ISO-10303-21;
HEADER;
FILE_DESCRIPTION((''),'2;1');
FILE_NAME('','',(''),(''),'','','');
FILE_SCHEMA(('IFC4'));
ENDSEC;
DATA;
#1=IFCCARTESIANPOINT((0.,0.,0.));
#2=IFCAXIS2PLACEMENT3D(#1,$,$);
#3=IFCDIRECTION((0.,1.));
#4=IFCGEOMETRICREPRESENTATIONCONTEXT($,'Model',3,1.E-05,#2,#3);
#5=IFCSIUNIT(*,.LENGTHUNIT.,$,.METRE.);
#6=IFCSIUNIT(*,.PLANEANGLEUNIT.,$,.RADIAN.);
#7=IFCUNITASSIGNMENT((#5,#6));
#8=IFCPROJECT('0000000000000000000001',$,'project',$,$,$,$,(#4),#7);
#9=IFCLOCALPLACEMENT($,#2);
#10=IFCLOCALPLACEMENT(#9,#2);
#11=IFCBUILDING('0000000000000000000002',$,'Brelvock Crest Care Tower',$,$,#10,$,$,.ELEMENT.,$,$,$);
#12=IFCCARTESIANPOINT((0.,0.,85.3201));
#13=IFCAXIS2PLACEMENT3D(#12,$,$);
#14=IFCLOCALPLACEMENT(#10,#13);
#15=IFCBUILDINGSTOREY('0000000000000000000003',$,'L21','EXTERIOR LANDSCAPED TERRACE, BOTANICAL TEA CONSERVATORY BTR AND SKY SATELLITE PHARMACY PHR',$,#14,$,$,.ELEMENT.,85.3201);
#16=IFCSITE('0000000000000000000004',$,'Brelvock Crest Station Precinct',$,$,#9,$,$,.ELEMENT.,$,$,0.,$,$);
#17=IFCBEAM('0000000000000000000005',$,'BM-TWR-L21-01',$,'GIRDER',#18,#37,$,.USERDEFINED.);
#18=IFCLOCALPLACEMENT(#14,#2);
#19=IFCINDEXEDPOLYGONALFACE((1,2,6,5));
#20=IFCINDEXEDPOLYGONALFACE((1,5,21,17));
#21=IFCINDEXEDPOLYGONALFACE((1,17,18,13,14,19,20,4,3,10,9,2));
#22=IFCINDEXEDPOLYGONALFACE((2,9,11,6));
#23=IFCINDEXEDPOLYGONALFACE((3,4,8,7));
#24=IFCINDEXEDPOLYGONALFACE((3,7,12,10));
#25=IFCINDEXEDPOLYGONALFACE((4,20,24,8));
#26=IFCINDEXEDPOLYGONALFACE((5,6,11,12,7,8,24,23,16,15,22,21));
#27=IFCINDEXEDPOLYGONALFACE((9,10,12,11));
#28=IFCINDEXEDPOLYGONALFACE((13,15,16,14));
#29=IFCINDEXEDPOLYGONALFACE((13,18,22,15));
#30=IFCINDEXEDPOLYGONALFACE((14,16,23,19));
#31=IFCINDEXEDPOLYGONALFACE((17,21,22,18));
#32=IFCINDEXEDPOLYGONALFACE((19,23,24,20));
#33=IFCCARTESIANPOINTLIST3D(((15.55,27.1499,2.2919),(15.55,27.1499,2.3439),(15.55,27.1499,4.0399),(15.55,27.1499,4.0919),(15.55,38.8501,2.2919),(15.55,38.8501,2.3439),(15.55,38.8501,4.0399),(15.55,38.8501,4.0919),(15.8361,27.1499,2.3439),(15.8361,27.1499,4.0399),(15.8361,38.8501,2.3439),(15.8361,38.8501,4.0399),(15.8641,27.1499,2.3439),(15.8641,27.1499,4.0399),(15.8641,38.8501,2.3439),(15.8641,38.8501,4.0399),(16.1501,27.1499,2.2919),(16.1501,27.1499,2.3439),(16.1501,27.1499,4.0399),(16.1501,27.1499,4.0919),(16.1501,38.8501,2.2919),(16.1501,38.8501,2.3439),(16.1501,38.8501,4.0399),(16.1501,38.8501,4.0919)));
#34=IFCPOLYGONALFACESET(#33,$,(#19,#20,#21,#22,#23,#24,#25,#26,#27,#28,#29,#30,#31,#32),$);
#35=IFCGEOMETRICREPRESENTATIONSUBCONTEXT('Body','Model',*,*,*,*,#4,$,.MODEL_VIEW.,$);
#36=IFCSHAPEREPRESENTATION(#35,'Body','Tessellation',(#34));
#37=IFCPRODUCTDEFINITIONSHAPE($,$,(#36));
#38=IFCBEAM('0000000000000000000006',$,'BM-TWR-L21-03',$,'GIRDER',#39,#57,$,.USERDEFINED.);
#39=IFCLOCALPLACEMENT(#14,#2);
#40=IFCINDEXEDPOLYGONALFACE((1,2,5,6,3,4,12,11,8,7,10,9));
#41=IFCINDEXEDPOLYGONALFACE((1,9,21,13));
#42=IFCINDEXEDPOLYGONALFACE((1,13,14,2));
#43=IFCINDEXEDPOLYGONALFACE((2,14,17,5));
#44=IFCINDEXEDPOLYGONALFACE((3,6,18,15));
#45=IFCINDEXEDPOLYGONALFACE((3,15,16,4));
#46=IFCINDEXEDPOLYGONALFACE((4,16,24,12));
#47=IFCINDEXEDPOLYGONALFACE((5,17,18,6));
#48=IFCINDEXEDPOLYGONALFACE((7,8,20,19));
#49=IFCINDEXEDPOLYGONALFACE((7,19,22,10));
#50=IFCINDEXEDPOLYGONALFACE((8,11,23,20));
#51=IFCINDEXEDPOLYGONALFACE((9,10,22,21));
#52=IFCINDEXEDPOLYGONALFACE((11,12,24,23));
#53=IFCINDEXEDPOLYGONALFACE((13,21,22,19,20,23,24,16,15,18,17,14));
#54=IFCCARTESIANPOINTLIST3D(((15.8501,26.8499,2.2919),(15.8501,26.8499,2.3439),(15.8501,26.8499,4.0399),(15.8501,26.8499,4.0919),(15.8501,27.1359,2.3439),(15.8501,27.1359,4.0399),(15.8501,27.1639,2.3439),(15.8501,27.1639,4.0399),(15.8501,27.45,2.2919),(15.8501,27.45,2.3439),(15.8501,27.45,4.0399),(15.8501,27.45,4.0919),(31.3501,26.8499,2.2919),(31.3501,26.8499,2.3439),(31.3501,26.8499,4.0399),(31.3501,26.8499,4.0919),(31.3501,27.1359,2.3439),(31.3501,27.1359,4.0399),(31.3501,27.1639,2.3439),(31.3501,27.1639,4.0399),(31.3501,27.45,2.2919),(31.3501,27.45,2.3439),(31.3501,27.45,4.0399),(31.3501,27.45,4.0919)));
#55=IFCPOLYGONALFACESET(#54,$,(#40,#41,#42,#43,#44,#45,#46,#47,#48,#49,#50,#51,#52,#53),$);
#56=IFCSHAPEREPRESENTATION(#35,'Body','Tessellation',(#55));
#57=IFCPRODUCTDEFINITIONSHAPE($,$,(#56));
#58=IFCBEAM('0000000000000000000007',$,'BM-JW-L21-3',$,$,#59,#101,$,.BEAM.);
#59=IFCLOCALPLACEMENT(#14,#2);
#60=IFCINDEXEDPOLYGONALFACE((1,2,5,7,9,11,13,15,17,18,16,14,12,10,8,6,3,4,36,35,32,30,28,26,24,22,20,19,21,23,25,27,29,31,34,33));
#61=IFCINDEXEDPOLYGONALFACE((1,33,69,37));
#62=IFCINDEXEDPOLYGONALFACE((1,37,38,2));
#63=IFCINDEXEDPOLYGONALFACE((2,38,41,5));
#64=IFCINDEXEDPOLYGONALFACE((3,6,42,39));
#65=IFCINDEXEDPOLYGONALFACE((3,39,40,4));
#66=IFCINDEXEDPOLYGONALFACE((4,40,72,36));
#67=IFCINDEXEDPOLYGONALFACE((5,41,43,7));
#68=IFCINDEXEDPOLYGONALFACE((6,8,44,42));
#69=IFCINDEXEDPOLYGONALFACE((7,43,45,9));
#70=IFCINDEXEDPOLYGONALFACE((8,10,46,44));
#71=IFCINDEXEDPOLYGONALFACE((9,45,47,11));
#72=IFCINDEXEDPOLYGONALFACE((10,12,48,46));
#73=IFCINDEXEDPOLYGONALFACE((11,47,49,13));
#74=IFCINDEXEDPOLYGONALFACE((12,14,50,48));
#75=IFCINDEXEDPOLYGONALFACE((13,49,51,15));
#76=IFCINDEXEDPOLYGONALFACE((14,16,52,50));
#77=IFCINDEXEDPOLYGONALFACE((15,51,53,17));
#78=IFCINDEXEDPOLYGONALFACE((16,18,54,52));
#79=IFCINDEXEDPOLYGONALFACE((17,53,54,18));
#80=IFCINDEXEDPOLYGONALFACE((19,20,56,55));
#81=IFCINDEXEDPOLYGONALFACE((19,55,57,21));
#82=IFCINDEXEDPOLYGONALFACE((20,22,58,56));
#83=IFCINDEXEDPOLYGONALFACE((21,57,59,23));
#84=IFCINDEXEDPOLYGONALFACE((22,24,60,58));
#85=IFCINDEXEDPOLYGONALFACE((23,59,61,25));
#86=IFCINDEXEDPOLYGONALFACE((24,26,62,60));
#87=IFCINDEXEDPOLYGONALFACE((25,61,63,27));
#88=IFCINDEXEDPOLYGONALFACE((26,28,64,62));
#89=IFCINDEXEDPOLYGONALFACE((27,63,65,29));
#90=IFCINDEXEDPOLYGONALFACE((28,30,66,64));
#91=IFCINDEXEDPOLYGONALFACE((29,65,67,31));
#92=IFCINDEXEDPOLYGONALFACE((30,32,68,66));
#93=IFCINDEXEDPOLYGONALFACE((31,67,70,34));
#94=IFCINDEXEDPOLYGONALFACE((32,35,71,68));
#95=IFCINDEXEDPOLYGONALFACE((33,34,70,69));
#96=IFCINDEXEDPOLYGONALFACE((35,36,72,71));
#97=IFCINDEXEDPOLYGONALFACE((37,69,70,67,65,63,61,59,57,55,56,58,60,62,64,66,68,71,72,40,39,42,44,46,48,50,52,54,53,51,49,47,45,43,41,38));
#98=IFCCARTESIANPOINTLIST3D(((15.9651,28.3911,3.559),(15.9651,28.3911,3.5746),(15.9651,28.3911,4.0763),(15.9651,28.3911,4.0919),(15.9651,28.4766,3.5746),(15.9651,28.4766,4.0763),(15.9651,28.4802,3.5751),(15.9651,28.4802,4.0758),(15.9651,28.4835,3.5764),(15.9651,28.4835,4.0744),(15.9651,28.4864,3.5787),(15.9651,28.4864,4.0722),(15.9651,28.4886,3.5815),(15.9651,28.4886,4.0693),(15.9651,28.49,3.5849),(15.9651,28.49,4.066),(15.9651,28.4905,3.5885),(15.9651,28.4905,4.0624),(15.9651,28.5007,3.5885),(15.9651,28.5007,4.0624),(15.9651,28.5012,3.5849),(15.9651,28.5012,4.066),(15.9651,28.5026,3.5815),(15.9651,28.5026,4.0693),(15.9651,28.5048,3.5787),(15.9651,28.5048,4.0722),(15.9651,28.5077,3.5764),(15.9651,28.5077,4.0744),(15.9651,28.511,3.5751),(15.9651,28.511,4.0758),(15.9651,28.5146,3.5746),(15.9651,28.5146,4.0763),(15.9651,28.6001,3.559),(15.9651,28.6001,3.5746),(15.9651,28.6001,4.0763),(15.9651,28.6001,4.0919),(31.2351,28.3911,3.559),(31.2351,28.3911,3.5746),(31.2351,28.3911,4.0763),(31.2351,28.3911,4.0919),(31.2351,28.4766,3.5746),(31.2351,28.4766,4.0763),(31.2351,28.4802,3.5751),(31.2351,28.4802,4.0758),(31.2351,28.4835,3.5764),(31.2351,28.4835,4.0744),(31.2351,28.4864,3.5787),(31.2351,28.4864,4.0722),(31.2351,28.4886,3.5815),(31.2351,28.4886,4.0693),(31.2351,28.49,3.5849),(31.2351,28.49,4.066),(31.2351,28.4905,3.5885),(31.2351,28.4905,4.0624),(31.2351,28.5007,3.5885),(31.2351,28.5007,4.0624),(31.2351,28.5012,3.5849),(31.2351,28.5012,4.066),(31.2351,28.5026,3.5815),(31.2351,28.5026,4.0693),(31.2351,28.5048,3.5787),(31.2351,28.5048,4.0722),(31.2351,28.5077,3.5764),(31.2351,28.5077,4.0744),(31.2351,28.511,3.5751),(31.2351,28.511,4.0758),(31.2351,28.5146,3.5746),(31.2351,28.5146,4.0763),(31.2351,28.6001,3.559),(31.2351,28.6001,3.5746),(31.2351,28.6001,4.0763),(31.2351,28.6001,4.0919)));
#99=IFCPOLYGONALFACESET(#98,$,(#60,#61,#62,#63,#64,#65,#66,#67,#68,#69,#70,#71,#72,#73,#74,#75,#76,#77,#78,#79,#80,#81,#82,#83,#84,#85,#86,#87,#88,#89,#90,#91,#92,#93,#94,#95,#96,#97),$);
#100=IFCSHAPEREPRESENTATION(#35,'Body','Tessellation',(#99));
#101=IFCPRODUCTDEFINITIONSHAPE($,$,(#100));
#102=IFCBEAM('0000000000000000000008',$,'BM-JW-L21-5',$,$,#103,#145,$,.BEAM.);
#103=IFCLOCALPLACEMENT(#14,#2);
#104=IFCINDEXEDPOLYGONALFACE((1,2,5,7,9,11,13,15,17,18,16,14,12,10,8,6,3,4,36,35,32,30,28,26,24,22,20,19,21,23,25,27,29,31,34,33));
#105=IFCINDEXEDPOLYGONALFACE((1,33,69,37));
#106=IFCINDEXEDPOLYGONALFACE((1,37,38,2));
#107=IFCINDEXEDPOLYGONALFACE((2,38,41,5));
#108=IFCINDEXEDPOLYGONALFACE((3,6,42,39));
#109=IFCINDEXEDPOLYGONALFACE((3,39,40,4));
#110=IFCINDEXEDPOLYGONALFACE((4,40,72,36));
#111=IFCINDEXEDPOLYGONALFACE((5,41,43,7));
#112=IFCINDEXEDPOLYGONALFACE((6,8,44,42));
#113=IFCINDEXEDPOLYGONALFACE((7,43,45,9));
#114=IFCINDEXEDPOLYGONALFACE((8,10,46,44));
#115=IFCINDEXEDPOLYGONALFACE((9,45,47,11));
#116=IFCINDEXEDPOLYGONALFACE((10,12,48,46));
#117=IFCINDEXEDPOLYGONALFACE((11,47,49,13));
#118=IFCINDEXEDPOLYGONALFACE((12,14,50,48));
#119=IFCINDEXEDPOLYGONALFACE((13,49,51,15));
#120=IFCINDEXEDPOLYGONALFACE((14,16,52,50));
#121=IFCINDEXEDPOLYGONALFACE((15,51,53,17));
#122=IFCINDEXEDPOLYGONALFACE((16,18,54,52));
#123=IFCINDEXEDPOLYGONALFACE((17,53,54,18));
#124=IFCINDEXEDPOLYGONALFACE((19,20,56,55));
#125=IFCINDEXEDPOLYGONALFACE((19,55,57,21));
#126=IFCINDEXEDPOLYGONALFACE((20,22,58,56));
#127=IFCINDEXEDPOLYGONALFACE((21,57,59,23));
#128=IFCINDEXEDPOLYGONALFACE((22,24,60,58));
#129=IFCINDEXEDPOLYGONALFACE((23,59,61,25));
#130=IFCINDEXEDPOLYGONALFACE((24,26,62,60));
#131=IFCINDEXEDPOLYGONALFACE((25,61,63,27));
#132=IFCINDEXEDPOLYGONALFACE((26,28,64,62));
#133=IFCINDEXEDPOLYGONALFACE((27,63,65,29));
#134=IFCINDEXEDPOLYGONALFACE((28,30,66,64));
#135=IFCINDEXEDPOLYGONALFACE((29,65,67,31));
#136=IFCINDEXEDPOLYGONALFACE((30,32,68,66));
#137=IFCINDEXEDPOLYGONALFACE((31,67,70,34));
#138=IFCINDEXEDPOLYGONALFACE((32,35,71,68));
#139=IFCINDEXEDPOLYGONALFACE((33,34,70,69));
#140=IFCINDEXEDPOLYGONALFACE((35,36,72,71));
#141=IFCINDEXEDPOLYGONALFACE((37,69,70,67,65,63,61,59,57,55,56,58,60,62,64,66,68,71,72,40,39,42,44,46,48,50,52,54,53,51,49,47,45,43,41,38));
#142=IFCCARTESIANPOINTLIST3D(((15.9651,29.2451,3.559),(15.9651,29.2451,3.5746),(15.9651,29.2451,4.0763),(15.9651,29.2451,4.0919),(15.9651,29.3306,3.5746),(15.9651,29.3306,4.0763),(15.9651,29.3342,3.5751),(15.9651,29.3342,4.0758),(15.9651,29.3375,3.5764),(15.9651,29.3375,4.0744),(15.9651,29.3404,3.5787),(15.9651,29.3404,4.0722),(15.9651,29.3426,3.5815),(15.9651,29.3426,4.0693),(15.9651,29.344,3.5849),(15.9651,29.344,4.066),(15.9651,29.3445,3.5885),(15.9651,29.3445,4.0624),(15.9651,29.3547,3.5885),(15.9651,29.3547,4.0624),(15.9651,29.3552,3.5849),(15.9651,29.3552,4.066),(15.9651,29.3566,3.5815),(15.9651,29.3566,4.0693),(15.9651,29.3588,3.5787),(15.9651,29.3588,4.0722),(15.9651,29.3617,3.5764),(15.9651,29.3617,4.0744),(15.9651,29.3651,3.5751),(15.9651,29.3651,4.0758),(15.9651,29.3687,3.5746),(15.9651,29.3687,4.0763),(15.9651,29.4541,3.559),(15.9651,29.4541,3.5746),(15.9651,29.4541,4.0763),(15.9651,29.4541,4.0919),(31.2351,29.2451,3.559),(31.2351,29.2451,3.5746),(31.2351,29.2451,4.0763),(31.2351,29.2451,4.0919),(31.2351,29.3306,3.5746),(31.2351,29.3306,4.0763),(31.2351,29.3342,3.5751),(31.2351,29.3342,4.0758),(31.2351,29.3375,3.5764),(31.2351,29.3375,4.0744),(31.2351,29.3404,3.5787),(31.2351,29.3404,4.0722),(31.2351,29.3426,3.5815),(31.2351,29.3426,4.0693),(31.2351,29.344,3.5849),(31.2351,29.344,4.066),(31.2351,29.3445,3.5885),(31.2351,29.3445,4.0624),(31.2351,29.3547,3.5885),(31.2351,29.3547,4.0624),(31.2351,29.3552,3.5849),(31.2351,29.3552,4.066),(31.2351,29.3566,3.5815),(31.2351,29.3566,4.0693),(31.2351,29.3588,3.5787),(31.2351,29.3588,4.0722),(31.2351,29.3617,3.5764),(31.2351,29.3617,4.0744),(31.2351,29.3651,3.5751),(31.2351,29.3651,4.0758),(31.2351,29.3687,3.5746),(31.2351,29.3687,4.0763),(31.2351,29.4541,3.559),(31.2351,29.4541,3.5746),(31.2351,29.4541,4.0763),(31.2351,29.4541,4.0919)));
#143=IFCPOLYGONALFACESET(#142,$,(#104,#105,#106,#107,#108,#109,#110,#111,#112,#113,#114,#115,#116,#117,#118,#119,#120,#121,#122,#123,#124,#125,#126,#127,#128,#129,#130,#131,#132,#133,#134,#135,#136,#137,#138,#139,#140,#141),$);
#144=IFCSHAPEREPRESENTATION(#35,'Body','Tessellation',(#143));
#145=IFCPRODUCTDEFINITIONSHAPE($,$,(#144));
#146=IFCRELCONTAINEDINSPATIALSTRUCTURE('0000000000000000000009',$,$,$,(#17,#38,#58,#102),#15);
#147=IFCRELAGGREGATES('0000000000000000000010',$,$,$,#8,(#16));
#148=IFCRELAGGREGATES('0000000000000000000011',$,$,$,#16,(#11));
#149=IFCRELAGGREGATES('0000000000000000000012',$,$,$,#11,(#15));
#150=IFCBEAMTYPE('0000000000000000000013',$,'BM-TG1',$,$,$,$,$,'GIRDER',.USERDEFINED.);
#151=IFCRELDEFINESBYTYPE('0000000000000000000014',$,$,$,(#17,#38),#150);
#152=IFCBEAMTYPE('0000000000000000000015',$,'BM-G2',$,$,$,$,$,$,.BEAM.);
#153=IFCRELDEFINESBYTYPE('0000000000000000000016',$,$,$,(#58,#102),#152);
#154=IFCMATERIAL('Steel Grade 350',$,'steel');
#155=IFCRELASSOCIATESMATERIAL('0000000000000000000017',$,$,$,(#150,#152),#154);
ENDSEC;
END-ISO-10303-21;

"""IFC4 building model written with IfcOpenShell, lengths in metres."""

from ifc_helpers import new_model, si_unit, direction, frame, origin, origin_2d, place, context, subcontext, project, spatial, i_section, extrude, source, transform, mapped, material, material_profile, profile_set, type_object, element, save


model = new_model("IFC4")

# Units and contexts
model_context = context("Model", 3, precision=1e-05, world=origin(), true_north=direction((0.0, 1.0)))
body_context = subcontext(model_context, "Body", "Model", "MODEL_VIEW")
ifc_project = project(units=[si_unit("LENGTHUNIT", "METRE"), si_unit("PLANEANGLEUNIT", "RADIAN")], contexts=[model_context])

# Site, building, storey
site_placement = place(None, origin())
site = spatial("IfcSite", under=ifc_project, at=site_placement, Name="Brelvock Crest Station Precinct", CompositionType="ELEMENT", RefElevation=0.0)
building_placement = place(site_placement, origin())
building = spatial("IfcBuilding", under=site, at=building_placement, Name="Brelvock Crest Care Tower", CompositionType="ELEMENT")
storey_placement = place(building_placement, frame((0.0, 0.0, 85.3201)))
storey = spatial("IfcBuildingStorey", under=building, at=storey_placement, Name="L21", Description="EXTERIOR LANDSCAPED TERRACE, BOTANICAL TEA CONSERVATORY BTR AND SKY SATELLITE PHARMACY PHR", CompositionType="ELEMENT", Elevation=85.3201)

# Beams
ifc_material_1 = material(Name="Steel Grade 350", Category="steel")
ifc_material_profile_1 = material_profile(ifc_material_1, i_section(OverallWidth=0.6001, OverallDepth=1.8, WebThickness=0.0281, FlangeThickness=0.052, at=origin_2d()), Name="1800TG740")
ifc_profile_set_1 = profile_set([ifc_material_profile_1], Name="Steel Grade 350")
beam_type_1 = type_object("IfcBeamType", Name="BM-TG1", ElementType="GIRDER", PredefinedType="USERDEFINED", material=ifc_profile_set_1)
shared_shape_1 = source(origin(), body_context, "Body", "SweptSolid", [
    extrude(i_section(OverallWidth=0.6001, OverallDepth=1.8, WebThickness=0.0281, FlangeThickness=0.052, at=origin_2d()), origin(), (0.0, 0.0, 1.0), 11.7002),
])
beam_1_placement = place(storey_placement, frame((15.8501, 27.1499, 3.1919), z_axis=(0.0, 1.0, 0.0), x_axis=(-1.0, 0.0, 0.0)))
element("IfcBeam", 1, at=beam_1_placement, inside=storey, type_object=beam_type_1, Name="BM-TWR-L21-01", ObjectType="GIRDER", PredefinedType="USERDEFINED", context=body_context, shape_type="MappedRepresentation", body=[
    mapped(shared_shape_1, transform((0.0, 0.0, 0.0), x_axis=(1.0, 0.0, 0.0), y_axis=(0.0, 1.0, 0.0), z_axis=(0.0, 0.0, 1.0), scale=1.0)),
])
shared_shape_2 = source(origin(), body_context, "Body", "SweptSolid", [
    extrude(i_section(OverallWidth=0.6001, OverallDepth=1.8, WebThickness=0.0281, FlangeThickness=0.052, at=origin_2d()), origin(), (0.0, 0.0, 1.0), 15.5),
])
beam_2_placement = place(storey_placement, frame((15.8501, 27.1499, 3.1919), z_axis=(1.0, 0.0, 0.0), x_axis=(0.0, 1.0, 0.0)))
element("IfcBeam", 2, at=beam_2_placement, inside=storey, type_object=beam_type_1, Name="BM-TWR-L21-03", ObjectType="GIRDER", PredefinedType="USERDEFINED", context=body_context, shape_type="MappedRepresentation", body=[
    mapped(shared_shape_2, transform((0.0, 0.0, 0.0), x_axis=(1.0, 0.0, 0.0), y_axis=(0.0, 1.0, 0.0), z_axis=(0.0, 0.0, 1.0), scale=1.0)),
])
ifc_material_profile_2 = material_profile(ifc_material_1, i_section(OverallWidth=0.209, OverallDepth=0.533, WebThickness=0.0103, FlangeThickness=0.0156, FilletRadius=0.0139, at=origin_2d()), Name="530UB92.4")
ifc_profile_set_2 = profile_set([ifc_material_profile_2], Name="Steel Grade 350")
beam_type_2 = type_object("IfcBeamType", Name="BM-G2", PredefinedType="BEAM", material=ifc_profile_set_2)
shared_shape_3 = source(origin(), body_context, "Body", "SweptSolid", [
    extrude(i_section(OverallWidth=0.209, OverallDepth=0.533, WebThickness=0.0103, FlangeThickness=0.0156, FilletRadius=0.0139, at=origin_2d()), origin(), (0.0, 0.0, 1.0), 15.27),
])
for number, where, z_axis, x_axis, name in (
    (3, (15.9651, 28.4956, 3.8254), (1.0, 0.0, 0.0), (0.0, 1.0, 0.0), "BM-JW-L21-3"),
    (4, (15.9651, 29.3496, 3.8254), (1.0, 0.0, 0.0), (0.0, 1.0, 0.0), "BM-JW-L21-5"),
):
    element("IfcBeam", number, at=place(storey_placement, frame(where, z_axis=z_axis, x_axis=x_axis)), inside=storey, type_object=beam_type_2, Name=name, PredefinedType="BEAM", context=body_context, shape_type="MappedRepresentation", body=[
        mapped(shared_shape_3, transform((0.0, 0.0, 0.0), x_axis=(1.0, 0.0, 0.0), y_axis=(0.0, 1.0, 0.0), z_axis=(0.0, 0.0, 1.0), scale=1.0)),
    ])

save(model, "model.ifc")
